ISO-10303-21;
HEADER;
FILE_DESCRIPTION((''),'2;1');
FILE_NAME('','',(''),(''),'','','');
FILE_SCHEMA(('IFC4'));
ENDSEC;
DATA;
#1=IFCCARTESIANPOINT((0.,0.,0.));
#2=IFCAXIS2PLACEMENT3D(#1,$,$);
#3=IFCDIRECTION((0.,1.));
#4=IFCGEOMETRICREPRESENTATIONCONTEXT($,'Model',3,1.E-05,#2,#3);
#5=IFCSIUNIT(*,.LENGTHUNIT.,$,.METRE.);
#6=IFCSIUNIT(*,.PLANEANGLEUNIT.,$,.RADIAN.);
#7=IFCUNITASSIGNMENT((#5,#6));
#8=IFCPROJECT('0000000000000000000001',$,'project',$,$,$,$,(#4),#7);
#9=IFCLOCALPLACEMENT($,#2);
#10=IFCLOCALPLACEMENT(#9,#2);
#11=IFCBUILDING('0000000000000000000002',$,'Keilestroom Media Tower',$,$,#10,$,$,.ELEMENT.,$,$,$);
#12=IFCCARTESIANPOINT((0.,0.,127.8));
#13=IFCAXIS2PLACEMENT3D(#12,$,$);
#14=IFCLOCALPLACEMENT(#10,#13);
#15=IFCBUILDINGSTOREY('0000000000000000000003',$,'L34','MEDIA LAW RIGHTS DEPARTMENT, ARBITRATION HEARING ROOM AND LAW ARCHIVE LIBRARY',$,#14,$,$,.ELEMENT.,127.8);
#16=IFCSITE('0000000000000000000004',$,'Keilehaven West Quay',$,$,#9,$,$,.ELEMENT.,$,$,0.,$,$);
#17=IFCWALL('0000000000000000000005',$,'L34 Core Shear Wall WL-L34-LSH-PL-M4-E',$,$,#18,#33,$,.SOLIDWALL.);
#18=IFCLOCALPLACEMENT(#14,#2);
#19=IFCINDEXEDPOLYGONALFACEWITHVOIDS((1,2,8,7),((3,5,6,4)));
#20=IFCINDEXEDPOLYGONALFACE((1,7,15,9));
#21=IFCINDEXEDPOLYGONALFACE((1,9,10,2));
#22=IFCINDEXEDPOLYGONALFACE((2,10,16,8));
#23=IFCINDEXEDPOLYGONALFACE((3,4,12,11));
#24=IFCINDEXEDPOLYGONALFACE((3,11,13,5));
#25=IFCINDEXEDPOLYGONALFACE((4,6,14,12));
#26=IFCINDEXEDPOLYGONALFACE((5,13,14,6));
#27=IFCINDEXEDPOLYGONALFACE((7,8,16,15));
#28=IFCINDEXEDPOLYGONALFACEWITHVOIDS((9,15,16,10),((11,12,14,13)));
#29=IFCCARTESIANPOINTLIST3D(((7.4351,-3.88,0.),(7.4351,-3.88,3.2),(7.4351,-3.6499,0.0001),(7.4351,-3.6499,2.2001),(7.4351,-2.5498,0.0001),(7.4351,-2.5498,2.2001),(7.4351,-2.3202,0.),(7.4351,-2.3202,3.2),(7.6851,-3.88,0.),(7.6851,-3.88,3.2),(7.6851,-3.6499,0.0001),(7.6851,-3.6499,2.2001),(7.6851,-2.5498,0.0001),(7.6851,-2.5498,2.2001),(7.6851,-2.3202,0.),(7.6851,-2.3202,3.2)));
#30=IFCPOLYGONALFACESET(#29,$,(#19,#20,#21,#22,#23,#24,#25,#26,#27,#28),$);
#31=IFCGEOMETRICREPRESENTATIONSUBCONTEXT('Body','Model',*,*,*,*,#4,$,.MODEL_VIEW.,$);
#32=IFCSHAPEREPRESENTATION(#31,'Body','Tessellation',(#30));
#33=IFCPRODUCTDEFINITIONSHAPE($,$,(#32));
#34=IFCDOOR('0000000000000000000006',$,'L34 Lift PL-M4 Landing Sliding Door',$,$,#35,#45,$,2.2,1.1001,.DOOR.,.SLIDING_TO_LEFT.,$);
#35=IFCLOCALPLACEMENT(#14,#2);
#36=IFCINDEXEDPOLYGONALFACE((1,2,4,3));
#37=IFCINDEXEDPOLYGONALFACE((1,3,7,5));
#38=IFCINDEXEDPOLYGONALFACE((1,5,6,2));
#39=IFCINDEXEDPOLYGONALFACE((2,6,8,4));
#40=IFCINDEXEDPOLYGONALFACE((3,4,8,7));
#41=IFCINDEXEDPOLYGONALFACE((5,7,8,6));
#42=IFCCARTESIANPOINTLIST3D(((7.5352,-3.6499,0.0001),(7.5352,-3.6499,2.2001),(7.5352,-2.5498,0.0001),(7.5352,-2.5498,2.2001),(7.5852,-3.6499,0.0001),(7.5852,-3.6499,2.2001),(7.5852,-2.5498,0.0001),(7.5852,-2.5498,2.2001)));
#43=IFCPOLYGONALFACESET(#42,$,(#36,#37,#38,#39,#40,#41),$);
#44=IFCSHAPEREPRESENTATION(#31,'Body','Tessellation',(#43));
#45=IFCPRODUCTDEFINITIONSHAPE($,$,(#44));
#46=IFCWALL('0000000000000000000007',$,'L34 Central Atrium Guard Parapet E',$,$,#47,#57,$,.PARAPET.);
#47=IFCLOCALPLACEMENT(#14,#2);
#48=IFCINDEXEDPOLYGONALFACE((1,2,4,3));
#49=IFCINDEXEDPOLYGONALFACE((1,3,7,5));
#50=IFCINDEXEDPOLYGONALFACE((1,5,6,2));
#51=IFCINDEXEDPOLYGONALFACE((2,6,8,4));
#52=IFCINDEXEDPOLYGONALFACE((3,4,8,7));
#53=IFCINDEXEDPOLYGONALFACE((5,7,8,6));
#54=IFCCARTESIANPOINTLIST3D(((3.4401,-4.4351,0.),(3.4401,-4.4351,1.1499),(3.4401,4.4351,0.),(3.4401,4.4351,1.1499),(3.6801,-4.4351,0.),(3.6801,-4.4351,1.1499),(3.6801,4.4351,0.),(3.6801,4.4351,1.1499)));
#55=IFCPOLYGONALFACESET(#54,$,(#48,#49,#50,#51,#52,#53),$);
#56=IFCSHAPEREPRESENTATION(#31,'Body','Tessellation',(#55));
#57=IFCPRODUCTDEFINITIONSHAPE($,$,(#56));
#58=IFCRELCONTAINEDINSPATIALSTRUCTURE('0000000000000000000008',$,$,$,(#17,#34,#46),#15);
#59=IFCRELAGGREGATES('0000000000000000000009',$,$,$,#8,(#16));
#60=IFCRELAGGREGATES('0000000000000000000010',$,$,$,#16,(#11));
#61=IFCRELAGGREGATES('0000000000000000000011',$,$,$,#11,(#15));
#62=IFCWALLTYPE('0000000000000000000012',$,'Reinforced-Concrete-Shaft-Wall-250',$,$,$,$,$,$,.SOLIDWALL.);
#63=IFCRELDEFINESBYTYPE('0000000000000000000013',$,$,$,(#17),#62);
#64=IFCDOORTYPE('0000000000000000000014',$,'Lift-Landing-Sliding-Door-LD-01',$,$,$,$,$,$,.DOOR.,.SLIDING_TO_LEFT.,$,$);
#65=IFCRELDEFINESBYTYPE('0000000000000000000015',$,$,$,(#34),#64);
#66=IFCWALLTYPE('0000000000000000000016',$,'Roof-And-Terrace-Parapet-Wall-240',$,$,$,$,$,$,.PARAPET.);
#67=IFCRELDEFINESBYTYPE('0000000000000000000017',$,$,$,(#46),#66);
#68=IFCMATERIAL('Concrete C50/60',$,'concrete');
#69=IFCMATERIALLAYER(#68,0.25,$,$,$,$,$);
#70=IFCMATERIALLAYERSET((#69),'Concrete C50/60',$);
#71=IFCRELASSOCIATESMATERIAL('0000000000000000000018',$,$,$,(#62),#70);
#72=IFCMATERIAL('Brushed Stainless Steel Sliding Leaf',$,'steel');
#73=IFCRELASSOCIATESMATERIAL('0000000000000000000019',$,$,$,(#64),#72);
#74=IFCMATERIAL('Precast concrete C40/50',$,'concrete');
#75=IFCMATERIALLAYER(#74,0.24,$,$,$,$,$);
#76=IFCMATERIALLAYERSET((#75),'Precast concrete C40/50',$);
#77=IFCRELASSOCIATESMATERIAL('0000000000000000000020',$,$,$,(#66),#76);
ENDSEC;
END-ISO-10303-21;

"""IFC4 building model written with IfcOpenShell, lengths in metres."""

from ifc_helpers import new_model, si_unit, direction, frame, frame_2d, origin, place, context, subcontext, project, spatial, rectangle, extrude, source, transform, mapped, material, layer, layer_set, type_object, element, fill, save


model = new_model("IFC4")

# Units and contexts
model_context = context("Model", 3, precision=1e-05, world=origin(), true_north=direction((0.0, 1.0)))
body_context = subcontext(model_context, "Body", "Model", "MODEL_VIEW")
ifc_project = project(units=[si_unit("LENGTHUNIT", "METRE"), si_unit("PLANEANGLEUNIT", "RADIAN")], contexts=[model_context])

# Site, building, storey
site_placement = place(None, origin())
site = spatial("IfcSite", under=ifc_project, at=site_placement, Name="Keilehaven West Quay", CompositionType="ELEMENT", RefElevation=0.0)
building_placement = place(site_placement, origin())
building = spatial("IfcBuilding", under=site, at=building_placement, Name="Keilestroom Media Tower", CompositionType="ELEMENT")
storey_placement = place(building_placement, frame((0.0, 0.0, 127.8)))
storey = spatial("IfcBuildingStorey", under=building, at=storey_placement, Name="L34", Description="MEDIA LAW RIGHTS DEPARTMENT, ARBITRATION HEARING ROOM AND LAW ARCHIVE LIBRARY", CompositionType="ELEMENT", Elevation=127.8)

# Shared definitions
ifc_material_1 = material(Name="Concrete C50/60", Category="concrete")
ifc_layer_1 = layer(ifc_material_1, 0.25)
ifc_layer_set_1 = layer_set([ifc_layer_1], Name="Concrete C50/60")
wall_type_1 = type_object("IfcWallType", Name="Reinforced-Concrete-Shaft-Wall-250", PredefinedType="SOLIDWALL", material=ifc_layer_set_1)

# Shared definitions
ifc_material_2 = material(Name="Brushed Stainless Steel Sliding Leaf", Category="steel")

# Shared definitions
door_type_1 = type_object("IfcDoorType", Name="Lift-Landing-Sliding-Door-LD-01", OperationType="SLIDING_TO_LEFT", PredefinedType="DOOR", material=ifc_material_2)
shared_shape_1 = source(origin(), body_context, "Body", "SweptSolid", [
    extrude(rectangle(XDim=1.1001, YDim=2.2, at=frame_2d((0.55, 1.1001))), frame((0.0, 0.0249, 0.0), z_axis=(0.0, -1.0, 0.0), x_axis=(1.0, 0.0, 0.0)), (0.0, 0.0, 1.0), 0.05),
])

# Wall, opening, door
wall_1_placement = place(storey_placement, frame((7.5601, -3.8799, 0.0), z_axis=(0.0, 0.0, 1.0), x_axis=(0.0, 1.0, 0.0)))
wall_1 = element("IfcWall", 1, at=wall_1_placement, inside=storey, type_object=wall_type_1, Name="L34 Core Shear Wall WL-L34-LSH-PL-M4-E", PredefinedType="SOLIDWALL", context=body_context, shape_type="SweptSolid", body=[
    extrude(rectangle(XDim=1.5598, YDim=0.25, at=frame_2d((0.7798, 0.0))), origin(), (0.0, 0.0, 1.0), 3.2),
])
opening_1_placement = place(wall_1_placement, frame((0.23, 0.0, 0.0)))
opening_1 = element("IfcOpeningElement", 2, at=opening_1_placement, cuts=wall_1, PredefinedType="OPENING", context=body_context, shape_type="SweptSolid", body=[
    extrude(rectangle(XDim=1.1001, YDim=2.2, at=frame_2d((0.55, 1.1001))), frame((0.0, 0.135, 0.0), z_axis=(0.0, -1.0, 0.0), x_axis=(1.0, 0.0, 0.0)), (0.0, 0.0, 1.0), 0.27),
])
door_1_placement = place(opening_1_placement, origin())
door_1 = element("IfcDoor", 3, at=door_1_placement, inside=storey, type_object=door_type_1, Name="L34 Lift PL-M4 Landing Sliding Door", OperationType="SLIDING_TO_LEFT", OverallHeight=2.2, OverallWidth=1.1001, PredefinedType="DOOR", context=body_context, shape_type="MappedRepresentation", body=[
    mapped(shared_shape_1, transform((0.0, 0.0, 0.0), x_axis=(1.0, 0.0, 0.0), y_axis=(0.0, 1.0, 0.0), z_axis=(0.0, 0.0, 1.0), scale=1.0)),
])
fill(opening_1, door_1)

# Wall
ifc_material_3 = material(Name="Precast concrete C40/50", Category="concrete")
ifc_layer_2 = layer(ifc_material_3, 0.24)
ifc_layer_set_2 = layer_set([ifc_layer_2], Name="Precast concrete C40/50")
wall_type_2 = type_object("IfcWallType", Name="Roof-And-Terrace-Parapet-Wall-240", PredefinedType="PARAPET", material=ifc_layer_set_2)
wall_2_placement = place(storey_placement, frame((3.5601, -4.4351, 0.0), z_axis=(0.0, 0.0, 1.0), x_axis=(0.0, 1.0, 0.0)))
element("IfcWall", 4, at=wall_2_placement, inside=storey, type_object=wall_type_2, Name="L34 Central Atrium Guard Parapet E", PredefinedType="PARAPET", context=body_context, shape_type="SweptSolid", body=[
    extrude(rectangle(XDim=8.8701, YDim=0.24, at=frame_2d((4.4351, 0.0))), origin(), (0.0, 0.0, 1.0), 1.1499),
])

save(model, "model.ifc")
